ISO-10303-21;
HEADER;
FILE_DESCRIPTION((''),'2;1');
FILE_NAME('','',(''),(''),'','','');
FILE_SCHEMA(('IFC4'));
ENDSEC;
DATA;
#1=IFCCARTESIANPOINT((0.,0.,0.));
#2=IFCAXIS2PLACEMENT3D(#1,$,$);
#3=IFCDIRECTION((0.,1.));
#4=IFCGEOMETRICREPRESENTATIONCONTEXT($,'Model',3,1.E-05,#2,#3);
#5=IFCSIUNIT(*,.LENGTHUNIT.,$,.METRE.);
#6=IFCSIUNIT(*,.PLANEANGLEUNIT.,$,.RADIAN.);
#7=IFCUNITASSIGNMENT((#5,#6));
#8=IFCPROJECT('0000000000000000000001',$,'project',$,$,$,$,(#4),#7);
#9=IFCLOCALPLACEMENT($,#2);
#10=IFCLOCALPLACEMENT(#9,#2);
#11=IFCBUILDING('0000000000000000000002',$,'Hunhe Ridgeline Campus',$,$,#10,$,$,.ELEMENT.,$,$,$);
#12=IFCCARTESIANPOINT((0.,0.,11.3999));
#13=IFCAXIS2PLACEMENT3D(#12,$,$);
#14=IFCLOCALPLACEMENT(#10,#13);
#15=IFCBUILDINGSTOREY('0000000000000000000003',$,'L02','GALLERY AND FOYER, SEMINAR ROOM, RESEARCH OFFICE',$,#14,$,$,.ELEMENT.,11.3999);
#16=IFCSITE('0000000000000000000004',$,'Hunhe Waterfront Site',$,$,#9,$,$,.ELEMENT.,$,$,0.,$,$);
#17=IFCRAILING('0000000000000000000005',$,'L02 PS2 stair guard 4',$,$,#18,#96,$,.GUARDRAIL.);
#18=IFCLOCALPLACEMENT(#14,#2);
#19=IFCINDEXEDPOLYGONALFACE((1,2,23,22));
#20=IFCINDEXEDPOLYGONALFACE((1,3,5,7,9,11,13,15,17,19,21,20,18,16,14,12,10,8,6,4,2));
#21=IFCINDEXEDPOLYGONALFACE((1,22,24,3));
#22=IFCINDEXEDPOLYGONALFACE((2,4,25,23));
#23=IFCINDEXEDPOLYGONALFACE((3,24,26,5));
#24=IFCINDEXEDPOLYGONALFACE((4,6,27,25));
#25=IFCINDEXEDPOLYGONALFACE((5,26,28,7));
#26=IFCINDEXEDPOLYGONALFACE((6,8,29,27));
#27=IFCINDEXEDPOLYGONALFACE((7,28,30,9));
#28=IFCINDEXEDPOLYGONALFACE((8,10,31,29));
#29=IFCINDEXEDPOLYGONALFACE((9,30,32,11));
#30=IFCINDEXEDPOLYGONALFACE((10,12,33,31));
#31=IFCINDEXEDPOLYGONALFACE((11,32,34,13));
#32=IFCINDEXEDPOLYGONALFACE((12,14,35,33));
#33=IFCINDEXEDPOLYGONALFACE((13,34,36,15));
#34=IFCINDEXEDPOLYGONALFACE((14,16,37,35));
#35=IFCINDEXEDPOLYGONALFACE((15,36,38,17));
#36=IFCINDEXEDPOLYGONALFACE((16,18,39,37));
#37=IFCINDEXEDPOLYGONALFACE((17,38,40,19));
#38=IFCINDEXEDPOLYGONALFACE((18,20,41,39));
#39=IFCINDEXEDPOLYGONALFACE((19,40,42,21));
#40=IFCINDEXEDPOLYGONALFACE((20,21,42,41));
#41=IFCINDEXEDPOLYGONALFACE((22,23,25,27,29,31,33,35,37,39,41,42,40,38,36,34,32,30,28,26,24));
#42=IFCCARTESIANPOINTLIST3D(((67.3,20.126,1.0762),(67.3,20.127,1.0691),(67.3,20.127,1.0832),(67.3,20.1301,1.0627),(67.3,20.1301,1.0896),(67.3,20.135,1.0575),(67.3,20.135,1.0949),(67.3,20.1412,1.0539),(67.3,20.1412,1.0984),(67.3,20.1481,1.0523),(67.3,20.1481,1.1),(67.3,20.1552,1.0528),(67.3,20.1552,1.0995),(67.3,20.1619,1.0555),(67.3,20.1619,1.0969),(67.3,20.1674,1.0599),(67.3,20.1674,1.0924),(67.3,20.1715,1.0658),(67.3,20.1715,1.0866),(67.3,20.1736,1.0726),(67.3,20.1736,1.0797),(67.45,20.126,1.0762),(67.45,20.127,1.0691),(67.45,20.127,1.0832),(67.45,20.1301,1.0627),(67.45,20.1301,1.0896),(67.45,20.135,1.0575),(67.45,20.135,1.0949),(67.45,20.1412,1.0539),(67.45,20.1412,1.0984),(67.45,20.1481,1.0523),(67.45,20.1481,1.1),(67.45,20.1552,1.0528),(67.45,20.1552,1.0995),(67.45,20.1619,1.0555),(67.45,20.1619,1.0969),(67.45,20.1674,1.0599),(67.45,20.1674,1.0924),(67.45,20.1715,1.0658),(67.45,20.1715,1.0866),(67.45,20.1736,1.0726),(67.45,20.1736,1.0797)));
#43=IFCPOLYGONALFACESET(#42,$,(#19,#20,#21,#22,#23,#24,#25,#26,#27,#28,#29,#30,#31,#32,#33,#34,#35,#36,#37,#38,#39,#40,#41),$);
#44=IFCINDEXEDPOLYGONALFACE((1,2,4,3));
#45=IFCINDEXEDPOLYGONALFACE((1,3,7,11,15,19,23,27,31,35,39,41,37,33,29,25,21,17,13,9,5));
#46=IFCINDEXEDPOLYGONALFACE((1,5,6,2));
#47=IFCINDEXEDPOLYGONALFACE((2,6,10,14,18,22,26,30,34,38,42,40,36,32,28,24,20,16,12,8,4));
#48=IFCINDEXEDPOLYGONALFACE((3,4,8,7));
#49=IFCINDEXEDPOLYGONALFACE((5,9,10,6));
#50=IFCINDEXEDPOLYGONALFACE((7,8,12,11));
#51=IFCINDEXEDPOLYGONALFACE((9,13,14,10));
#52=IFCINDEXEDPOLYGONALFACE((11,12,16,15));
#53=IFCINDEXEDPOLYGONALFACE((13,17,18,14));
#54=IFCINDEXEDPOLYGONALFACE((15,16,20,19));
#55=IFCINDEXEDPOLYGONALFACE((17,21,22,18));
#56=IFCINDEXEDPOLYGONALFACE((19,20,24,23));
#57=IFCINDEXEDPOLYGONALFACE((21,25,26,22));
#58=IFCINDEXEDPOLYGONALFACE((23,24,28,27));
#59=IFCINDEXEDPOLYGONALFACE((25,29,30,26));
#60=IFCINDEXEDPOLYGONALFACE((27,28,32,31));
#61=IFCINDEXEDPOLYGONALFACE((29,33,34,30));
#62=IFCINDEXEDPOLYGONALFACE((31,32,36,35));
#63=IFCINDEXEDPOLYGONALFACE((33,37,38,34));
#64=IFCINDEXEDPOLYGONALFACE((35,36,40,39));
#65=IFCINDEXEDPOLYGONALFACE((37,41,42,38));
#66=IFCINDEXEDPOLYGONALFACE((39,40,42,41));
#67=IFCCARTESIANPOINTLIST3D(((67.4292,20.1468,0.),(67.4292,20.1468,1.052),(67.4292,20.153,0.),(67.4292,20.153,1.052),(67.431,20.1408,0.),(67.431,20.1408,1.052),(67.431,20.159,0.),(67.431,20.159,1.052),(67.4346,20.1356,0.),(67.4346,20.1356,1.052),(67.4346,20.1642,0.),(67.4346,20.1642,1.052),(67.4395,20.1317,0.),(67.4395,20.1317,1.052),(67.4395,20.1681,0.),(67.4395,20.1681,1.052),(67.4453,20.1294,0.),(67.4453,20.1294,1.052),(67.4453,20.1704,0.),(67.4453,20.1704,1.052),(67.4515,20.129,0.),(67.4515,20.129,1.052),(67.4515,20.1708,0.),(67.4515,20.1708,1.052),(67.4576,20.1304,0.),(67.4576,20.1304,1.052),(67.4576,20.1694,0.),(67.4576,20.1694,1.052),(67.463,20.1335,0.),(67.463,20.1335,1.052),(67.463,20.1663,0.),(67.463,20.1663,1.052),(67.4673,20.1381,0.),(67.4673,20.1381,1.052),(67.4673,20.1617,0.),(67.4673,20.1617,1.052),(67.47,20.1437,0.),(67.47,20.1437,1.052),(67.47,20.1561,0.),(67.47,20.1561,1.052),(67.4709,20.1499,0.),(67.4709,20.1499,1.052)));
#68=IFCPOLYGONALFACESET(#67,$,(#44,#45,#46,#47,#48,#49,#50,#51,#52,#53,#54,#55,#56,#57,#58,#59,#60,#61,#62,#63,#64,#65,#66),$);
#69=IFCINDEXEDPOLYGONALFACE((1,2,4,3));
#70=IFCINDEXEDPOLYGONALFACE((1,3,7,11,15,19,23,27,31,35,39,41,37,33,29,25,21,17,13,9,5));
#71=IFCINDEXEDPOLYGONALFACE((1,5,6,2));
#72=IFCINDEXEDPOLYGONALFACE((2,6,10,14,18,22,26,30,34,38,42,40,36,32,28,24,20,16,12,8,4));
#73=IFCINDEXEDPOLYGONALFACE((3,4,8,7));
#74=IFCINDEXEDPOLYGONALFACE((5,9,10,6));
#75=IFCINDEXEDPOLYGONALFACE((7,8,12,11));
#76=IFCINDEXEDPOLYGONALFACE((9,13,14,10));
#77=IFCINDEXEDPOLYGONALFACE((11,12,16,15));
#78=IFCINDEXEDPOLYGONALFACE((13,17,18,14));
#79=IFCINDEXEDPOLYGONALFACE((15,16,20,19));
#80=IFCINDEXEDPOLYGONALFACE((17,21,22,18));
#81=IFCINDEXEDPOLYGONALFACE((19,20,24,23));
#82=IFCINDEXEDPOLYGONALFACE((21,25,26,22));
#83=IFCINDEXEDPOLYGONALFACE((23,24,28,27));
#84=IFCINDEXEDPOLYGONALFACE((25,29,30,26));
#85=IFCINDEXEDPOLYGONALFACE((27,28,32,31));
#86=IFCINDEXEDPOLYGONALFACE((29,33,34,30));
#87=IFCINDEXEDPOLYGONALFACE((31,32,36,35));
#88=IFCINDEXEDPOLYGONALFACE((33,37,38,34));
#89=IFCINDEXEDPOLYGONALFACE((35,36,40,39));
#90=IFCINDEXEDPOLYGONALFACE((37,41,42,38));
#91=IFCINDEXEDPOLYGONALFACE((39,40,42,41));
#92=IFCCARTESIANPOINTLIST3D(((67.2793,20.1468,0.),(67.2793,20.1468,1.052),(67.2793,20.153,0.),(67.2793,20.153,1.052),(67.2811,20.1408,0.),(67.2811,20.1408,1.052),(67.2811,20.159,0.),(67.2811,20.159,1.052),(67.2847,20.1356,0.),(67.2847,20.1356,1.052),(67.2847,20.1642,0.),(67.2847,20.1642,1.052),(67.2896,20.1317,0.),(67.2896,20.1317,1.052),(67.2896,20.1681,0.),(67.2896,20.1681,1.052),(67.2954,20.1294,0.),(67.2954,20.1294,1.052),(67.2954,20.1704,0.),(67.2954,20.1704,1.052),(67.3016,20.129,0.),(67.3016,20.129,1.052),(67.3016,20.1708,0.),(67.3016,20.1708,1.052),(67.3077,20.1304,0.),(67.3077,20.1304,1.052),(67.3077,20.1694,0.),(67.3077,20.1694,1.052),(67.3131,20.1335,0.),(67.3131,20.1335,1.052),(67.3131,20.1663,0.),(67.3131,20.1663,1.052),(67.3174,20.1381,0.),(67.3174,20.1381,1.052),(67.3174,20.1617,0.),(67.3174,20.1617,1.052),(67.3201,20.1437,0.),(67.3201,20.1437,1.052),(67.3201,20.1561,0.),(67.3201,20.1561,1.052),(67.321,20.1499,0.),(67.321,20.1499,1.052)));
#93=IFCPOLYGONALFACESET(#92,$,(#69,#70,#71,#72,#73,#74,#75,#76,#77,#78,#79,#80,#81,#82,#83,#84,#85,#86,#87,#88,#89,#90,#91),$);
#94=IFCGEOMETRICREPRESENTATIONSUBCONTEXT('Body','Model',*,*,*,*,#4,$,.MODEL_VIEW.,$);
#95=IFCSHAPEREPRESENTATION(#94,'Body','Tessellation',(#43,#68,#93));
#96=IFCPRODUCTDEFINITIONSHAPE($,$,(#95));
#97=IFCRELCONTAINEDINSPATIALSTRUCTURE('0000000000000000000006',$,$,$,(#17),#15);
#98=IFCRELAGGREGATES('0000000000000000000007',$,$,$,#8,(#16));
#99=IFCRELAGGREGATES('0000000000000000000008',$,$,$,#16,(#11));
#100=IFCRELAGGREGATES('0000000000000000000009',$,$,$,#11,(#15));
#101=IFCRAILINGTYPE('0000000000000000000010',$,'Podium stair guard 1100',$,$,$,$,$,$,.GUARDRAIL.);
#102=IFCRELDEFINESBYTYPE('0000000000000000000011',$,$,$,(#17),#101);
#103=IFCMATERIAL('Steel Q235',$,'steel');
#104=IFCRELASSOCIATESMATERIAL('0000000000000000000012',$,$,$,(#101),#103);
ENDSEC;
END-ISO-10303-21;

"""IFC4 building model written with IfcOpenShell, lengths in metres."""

from ifc_helpers import new_model, si_unit, direction, frame, origin, origin_2d, place, context, subcontext, project, spatial, circle, extrude, material, type_object, element, save


model = new_model("IFC4")

# Units and contexts
model_context = context("Model", 3, precision=1e-05, world=origin(), true_north=direction((0.0, 1.0)))
body_context = subcontext(model_context, "Body", "Model", "MODEL_VIEW")
ifc_project = project(units=[si_unit("LENGTHUNIT", "METRE"), si_unit("PLANEANGLEUNIT", "RADIAN")], contexts=[model_context])

# Site, building, storey
site_placement = place(None, origin())
site = spatial("IfcSite", under=ifc_project, at=site_placement, Name="Hunhe Waterfront Site", CompositionType="ELEMENT", RefElevation=0.0)
building_placement = place(site_placement, origin())
building = spatial("IfcBuilding", under=site, at=building_placement, Name="Hunhe Ridgeline Campus", CompositionType="ELEMENT")
storey_placement = place(building_placement, frame((0.0, 0.0, 11.3999)))
storey = spatial("IfcBuildingStorey", under=building, at=storey_placement, Name="L02", Description="GALLERY AND FOYER, SEMINAR ROOM, RESEARCH OFFICE", CompositionType="ELEMENT", Elevation=11.3999)

# Shared definitions
ifc_material_1 = material(Name="Steel Q235", Category="steel")

# Railing
railing_type_1 = type_object("IfcRailingType", Name="Podium stair guard 1100", PredefinedType="GUARDRAIL", material=ifc_material_1)
railing_1_placement = place(storey_placement, frame((67.45, 20.1499, 0.0)))
element("IfcRailing", 1, at=railing_1_placement, inside=storey, type_object=railing_type_1, Name="L02 PS2 stair guard 4", PredefinedType="GUARDRAIL", context=body_context, shape_type="SweptSolid", body=[
    extrude(circle(Radius=0.0239, at=origin_2d()), frame((0.0, 0.0, 1.0762), z_axis=(-1.0, 0.0, 0.0), x_axis=(0.0, -1.0, 0.0)), (0.0, 0.0, 1.0), 0.1499),
    extrude(circle(Radius=0.021, at=origin_2d()), origin(), (0.0, 0.0, 1.0), 1.052),
    extrude(circle(Radius=0.021, at=origin_2d()), frame((-0.1499, 0.0, 0.0)), (0.0, 0.0, 1.0), 1.052),
])

save(model, "model.ifc")
